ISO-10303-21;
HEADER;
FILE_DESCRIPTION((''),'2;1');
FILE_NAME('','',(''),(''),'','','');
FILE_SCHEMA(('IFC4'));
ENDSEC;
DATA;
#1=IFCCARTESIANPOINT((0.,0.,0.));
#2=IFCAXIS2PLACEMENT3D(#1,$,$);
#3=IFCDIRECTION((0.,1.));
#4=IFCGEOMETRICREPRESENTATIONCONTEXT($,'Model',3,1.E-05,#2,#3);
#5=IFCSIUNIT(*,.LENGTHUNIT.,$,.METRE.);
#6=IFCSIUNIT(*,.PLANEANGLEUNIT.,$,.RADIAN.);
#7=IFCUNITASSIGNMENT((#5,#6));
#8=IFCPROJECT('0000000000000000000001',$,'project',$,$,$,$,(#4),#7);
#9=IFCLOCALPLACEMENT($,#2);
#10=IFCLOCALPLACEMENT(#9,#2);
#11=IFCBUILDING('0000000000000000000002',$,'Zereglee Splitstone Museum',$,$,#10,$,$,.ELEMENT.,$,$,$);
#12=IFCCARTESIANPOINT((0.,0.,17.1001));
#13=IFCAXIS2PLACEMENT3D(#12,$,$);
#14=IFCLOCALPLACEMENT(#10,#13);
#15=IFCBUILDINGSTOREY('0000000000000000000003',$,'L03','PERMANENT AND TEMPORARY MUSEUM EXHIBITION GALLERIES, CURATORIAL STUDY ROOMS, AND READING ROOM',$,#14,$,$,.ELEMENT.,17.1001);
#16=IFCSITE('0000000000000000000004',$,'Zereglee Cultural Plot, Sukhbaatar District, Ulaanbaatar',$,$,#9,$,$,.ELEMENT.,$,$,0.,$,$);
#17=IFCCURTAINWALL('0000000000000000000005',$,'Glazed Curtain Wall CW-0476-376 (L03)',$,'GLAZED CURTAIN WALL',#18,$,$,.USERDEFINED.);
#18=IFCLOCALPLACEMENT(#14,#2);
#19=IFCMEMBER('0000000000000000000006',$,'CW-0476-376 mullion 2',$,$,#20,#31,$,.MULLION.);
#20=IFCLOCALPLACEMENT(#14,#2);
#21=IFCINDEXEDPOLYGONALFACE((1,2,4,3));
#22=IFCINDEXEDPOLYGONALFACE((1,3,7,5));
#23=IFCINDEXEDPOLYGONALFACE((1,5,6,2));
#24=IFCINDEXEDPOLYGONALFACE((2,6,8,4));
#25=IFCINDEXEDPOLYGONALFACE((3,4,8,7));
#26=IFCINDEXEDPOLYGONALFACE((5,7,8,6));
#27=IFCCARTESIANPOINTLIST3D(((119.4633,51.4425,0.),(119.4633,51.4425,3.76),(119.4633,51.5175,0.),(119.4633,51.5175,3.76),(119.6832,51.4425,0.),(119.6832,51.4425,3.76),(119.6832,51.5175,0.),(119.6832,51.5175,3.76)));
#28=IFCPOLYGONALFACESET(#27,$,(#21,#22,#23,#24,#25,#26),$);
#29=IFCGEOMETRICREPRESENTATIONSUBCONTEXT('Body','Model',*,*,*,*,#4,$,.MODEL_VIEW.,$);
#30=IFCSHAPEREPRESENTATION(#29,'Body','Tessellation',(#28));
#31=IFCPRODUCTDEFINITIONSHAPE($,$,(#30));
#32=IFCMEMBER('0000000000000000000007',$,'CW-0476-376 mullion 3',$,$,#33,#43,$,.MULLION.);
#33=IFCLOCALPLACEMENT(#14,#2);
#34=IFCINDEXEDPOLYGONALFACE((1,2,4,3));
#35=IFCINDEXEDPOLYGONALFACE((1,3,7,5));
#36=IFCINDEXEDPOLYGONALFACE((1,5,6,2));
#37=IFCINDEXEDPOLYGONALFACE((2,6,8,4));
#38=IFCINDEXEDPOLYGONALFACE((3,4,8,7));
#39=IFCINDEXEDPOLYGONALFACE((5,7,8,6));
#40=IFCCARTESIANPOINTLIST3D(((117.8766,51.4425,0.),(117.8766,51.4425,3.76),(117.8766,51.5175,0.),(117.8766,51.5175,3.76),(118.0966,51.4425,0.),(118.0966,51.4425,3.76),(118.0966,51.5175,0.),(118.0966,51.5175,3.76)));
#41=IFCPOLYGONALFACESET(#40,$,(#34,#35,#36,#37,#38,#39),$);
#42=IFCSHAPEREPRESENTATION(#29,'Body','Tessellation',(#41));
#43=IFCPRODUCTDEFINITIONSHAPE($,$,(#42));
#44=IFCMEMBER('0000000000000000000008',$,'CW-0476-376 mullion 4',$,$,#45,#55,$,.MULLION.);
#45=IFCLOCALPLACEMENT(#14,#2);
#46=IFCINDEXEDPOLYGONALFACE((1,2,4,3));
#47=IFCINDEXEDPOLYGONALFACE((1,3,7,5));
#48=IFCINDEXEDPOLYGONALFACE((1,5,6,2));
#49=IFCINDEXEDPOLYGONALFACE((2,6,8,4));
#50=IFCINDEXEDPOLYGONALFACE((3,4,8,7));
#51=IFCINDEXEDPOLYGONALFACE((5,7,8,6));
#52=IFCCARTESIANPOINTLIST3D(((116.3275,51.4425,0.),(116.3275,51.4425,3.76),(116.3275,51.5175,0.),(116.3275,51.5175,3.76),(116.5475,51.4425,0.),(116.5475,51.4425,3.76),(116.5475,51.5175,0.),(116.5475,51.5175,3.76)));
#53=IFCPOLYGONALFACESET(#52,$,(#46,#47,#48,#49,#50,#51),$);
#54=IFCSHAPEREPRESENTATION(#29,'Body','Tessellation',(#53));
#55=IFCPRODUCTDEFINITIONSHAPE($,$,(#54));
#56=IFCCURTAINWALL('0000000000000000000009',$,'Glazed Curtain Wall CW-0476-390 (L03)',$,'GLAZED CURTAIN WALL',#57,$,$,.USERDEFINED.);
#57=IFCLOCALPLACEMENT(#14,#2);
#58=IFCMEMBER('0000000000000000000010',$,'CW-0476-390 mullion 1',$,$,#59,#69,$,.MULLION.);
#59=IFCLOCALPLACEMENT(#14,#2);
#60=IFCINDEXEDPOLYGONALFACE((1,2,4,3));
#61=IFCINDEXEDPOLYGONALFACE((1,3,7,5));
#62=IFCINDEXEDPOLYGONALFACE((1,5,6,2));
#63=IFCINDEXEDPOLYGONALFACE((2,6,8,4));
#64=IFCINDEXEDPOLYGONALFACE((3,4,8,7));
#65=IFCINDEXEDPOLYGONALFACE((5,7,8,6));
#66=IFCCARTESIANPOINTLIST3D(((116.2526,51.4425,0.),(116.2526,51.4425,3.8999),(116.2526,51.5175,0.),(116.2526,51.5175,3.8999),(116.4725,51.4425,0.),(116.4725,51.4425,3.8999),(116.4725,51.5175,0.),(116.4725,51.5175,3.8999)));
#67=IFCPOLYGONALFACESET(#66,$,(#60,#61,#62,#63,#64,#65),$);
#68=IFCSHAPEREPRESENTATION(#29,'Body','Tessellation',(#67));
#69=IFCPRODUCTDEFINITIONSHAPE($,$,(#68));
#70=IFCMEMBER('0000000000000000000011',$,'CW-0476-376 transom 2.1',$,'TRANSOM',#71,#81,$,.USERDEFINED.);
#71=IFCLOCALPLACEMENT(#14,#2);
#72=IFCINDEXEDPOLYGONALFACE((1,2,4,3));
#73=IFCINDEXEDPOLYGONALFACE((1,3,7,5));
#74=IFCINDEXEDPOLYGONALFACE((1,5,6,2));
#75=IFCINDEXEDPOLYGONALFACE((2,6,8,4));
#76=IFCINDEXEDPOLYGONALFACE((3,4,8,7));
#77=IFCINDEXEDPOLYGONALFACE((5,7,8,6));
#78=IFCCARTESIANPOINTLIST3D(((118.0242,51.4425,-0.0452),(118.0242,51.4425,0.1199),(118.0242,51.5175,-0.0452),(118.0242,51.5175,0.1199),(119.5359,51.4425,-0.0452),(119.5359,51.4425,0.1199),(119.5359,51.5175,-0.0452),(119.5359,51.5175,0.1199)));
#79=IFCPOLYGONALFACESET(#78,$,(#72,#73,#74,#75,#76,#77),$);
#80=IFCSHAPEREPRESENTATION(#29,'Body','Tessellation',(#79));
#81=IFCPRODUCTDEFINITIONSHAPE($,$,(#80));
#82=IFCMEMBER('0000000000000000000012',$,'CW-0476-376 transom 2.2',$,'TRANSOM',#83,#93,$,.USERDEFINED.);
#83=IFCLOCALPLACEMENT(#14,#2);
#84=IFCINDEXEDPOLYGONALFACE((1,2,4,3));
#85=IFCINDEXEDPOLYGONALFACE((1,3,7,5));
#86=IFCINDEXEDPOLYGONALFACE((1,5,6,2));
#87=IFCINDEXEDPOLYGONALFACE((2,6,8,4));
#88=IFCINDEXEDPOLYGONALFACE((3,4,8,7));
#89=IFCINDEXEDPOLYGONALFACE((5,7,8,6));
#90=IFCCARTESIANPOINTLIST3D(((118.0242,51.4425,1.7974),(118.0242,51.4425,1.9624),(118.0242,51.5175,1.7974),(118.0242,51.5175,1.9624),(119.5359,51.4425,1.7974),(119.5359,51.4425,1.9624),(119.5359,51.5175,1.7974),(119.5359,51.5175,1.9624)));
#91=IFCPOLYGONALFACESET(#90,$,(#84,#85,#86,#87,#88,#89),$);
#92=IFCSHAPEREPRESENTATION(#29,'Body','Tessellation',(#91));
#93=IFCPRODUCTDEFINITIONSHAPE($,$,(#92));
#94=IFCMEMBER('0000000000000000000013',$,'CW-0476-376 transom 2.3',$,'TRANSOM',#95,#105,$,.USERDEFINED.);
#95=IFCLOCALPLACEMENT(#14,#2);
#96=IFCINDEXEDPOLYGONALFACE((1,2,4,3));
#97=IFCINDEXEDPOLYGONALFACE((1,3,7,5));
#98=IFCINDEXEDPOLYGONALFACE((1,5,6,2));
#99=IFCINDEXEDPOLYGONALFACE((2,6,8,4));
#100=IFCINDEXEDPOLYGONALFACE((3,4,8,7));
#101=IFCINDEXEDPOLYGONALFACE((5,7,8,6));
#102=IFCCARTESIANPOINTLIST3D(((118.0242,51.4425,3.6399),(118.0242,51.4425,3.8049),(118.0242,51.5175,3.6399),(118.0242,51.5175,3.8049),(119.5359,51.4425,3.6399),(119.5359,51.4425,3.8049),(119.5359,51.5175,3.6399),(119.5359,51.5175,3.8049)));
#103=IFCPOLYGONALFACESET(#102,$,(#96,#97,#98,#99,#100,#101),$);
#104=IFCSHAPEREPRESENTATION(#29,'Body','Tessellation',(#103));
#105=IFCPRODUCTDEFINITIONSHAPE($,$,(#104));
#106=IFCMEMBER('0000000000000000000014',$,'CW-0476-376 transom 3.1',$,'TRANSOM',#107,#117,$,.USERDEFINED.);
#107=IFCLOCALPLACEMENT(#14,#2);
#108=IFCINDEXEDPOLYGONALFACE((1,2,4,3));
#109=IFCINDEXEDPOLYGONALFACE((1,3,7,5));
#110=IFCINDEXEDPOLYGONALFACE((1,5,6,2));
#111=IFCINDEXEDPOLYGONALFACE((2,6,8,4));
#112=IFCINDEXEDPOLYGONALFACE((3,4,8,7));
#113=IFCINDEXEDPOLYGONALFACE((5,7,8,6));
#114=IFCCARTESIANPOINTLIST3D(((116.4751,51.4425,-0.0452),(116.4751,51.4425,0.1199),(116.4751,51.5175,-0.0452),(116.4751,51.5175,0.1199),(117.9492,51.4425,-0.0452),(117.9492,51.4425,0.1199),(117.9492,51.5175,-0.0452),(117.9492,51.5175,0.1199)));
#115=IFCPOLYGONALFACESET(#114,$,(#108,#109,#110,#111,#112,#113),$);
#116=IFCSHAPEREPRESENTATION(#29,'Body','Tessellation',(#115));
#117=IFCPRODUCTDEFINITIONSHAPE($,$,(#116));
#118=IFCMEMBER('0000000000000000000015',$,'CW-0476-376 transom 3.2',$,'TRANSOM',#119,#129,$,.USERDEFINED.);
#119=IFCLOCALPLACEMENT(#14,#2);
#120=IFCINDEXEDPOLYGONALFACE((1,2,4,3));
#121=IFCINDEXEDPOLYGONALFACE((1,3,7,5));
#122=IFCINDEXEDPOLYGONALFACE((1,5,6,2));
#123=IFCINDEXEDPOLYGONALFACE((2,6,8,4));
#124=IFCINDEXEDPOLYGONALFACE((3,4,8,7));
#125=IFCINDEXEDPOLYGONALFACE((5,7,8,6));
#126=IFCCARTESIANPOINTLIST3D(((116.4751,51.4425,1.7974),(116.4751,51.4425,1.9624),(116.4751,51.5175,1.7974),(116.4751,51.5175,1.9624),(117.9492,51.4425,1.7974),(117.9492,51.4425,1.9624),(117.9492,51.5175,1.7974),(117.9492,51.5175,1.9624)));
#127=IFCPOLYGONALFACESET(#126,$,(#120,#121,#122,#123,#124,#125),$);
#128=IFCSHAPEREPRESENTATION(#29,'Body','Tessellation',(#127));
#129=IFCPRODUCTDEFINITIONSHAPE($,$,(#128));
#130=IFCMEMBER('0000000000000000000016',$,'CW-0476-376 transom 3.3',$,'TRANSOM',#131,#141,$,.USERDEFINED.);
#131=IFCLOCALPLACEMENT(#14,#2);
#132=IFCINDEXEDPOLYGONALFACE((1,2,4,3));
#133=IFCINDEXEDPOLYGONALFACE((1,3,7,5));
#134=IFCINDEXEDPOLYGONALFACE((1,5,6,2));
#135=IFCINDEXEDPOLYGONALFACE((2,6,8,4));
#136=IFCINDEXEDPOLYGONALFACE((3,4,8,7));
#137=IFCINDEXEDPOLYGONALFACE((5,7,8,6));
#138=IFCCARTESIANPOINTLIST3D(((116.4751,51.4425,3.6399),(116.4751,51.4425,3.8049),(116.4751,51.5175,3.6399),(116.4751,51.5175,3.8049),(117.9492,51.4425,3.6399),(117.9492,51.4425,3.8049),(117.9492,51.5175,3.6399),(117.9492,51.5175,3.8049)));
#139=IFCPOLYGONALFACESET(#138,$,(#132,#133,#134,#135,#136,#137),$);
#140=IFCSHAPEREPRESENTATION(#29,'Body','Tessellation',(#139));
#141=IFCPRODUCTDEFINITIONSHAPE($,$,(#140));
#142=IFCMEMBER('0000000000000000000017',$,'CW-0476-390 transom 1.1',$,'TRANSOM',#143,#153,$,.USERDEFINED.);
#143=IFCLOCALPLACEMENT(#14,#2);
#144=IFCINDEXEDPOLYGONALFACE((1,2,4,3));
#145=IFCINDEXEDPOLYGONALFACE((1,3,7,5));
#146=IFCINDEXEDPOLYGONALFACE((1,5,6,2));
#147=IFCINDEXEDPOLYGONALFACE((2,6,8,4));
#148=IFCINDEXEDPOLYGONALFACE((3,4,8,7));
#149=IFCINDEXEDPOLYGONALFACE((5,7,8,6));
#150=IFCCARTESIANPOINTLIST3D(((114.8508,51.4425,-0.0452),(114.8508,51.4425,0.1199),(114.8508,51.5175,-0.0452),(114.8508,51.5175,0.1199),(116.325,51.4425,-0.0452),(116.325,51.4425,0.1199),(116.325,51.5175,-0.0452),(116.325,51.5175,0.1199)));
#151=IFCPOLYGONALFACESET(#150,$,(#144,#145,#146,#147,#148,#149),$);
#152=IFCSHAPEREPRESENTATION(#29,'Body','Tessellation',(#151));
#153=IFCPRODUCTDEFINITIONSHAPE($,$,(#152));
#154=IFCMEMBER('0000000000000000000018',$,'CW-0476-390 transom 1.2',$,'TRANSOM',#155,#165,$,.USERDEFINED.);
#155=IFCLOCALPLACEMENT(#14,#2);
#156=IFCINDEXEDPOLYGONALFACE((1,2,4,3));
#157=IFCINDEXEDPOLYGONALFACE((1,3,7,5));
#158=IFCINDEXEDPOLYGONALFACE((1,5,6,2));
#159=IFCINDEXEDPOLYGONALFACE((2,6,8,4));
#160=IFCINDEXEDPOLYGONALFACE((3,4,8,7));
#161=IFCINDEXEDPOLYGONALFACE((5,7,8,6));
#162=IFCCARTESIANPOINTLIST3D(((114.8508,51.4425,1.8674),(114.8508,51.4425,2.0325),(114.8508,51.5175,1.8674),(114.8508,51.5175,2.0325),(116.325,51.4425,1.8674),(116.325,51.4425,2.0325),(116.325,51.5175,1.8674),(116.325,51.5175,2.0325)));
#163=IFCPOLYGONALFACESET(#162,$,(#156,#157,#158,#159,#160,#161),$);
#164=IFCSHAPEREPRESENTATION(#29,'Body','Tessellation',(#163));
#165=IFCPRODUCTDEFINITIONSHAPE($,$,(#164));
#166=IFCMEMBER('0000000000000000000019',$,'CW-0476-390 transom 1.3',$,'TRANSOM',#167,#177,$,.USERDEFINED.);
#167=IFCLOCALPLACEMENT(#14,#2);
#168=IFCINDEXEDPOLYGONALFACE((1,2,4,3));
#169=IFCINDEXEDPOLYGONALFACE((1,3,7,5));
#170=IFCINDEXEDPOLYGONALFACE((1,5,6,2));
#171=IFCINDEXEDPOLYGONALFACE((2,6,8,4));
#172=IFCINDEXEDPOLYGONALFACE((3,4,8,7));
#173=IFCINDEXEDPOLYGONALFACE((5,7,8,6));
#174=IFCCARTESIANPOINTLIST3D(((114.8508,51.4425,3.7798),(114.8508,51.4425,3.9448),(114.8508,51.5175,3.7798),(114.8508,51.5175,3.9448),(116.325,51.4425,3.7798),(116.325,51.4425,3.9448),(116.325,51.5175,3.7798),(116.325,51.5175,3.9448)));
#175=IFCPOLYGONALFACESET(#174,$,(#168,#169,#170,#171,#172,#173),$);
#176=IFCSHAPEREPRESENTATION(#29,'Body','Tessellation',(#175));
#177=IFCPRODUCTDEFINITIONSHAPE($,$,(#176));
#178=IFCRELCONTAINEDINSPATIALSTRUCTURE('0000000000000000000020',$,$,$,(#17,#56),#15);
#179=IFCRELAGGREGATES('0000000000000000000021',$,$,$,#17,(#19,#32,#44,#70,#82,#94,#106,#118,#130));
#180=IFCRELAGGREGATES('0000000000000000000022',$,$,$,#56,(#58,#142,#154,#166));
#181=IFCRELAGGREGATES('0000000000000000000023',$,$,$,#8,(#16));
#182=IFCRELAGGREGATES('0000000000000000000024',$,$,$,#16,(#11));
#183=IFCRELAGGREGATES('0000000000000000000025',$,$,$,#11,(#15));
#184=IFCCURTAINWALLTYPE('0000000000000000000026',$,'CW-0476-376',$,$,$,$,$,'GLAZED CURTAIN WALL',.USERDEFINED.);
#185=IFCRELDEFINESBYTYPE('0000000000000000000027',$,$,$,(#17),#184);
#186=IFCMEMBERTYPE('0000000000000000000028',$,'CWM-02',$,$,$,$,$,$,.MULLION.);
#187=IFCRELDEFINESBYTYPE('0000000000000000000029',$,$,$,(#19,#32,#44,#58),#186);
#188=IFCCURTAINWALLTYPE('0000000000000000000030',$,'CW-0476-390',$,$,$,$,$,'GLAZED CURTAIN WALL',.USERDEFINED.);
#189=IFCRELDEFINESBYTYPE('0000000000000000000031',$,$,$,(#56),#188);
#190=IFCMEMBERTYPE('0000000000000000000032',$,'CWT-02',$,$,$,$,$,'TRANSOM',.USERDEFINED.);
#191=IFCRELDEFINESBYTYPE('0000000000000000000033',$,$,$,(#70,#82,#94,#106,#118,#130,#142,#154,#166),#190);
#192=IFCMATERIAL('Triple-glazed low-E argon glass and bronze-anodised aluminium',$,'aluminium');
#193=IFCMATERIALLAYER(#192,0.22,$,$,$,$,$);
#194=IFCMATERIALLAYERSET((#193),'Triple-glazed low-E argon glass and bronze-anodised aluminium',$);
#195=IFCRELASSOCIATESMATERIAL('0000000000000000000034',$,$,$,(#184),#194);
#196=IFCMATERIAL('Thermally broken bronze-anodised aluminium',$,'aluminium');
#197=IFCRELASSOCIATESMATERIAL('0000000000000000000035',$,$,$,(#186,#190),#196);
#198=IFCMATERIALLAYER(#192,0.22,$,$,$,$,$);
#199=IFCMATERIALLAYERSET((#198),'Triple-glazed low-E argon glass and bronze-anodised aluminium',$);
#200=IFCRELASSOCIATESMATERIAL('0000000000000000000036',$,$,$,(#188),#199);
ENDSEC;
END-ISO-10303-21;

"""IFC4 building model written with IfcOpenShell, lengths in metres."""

from ifc_helpers import new_model, si_unit, direction, frame, origin, origin_2d, place, context, subcontext, project, spatial, rectangle, extrude, material, layer, layer_set, material_profile, profile_set, type_object, element, aggregate, save


model = new_model("IFC4")

# Units and contexts
model_context = context("Model", 3, precision=1e-05, world=origin(), true_north=direction((0.0, 1.0)))
body_context = subcontext(model_context, "Body", "Model", "MODEL_VIEW")
ifc_project = project(units=[si_unit("LENGTHUNIT", "METRE"), si_unit("PLANEANGLEUNIT", "RADIAN")], contexts=[model_context])

# Site, building, storey
site_placement = place(None, origin())
site = spatial("IfcSite", under=ifc_project, at=site_placement, Name="Zereglee Cultural Plot, Sukhbaatar District, Ulaanbaatar", CompositionType="ELEMENT", RefElevation=0.0)
building_placement = place(site_placement, origin())
building = spatial("IfcBuilding", under=site, at=building_placement, Name="Zereglee Splitstone Museum", CompositionType="ELEMENT")
storey_placement = place(building_placement, frame((0.0, 0.0, 17.1001)))
storey = spatial("IfcBuildingStorey", under=building, at=storey_placement, Name="L03", Description="PERMANENT AND TEMPORARY MUSEUM EXHIBITION GALLERIES, CURATORIAL STUDY ROOMS, AND READING ROOM", CompositionType="ELEMENT", Elevation=17.1001)

# Curtain wall, members
ifc_material_1 = material(Name="Triple-glazed low-E argon glass and bronze-anodised aluminium", Category="aluminium")
ifc_layer_1 = layer(ifc_material_1, 0.22)
ifc_layer_set_1 = layer_set([ifc_layer_1], Name="Triple-glazed low-E argon glass and bronze-anodised aluminium")
curtain_wall_type_1 = type_object("IfcCurtainWallType", Name="CW-0476-376", ElementType="GLAZED CURTAIN WALL", PredefinedType="USERDEFINED", material=ifc_layer_set_1)
curtain_wall_1_placement = place(storey_placement, origin())
curtain_wall_1 = element("IfcCurtainWall", 1, at=curtain_wall_1_placement, inside=storey, type_object=curtain_wall_type_1, Name="Glazed Curtain Wall CW-0476-376 (L03)", ObjectType="GLAZED CURTAIN WALL", PredefinedType="USERDEFINED")
ifc_material_2 = material(Name="Thermally broken bronze-anodised aluminium", Category="aluminium")
ifc_material_profile_1 = material_profile(ifc_material_2, rectangle(XDim=0.075, YDim=0.22, at=origin_2d()), Name="CW MULL 75x220")
ifc_profile_set_1 = profile_set([ifc_material_profile_1], Name="Thermally broken bronze-anodised aluminium")
member_type_1 = type_object("IfcMemberType", Name="CWM-02", PredefinedType="MULLION", material=ifc_profile_set_1)
member_1_placement = place(storey_placement, frame((119.5732, 51.48, 0.0), z_axis=(0.0, 0.0, 1.0), x_axis=(0.0, -1.0, 0.0)))
member_1 = element("IfcMember", 2, at=member_1_placement, type_object=member_type_1, Name="CW-0476-376 mullion 2", PredefinedType="MULLION", context=body_context, shape_type="SweptSolid", body=[
    extrude(rectangle(XDim=0.075, YDim=0.22, at=origin_2d()), origin(), (0.0, 0.0, 1.0), 3.76),
])
member_2_placement = place(storey_placement, frame((117.9866, 51.48, 0.0), z_axis=(0.0, 0.0, 1.0), x_axis=(0.0, -1.0, 0.0)))
member_2 = element("IfcMember", 3, at=member_2_placement, type_object=member_type_1, Name="CW-0476-376 mullion 3", PredefinedType="MULLION", context=body_context, shape_type="SweptSolid", body=[
    extrude(rectangle(XDim=0.075, YDim=0.22, at=origin_2d()), origin(), (0.0, 0.0, 1.0), 3.76),
])
member_3_placement = place(storey_placement, frame((116.4375, 51.48, 0.0), z_axis=(0.0, 0.0, 1.0), x_axis=(0.0, -1.0, 0.0)))
member_3 = element("IfcMember", 4, at=member_3_placement, type_object=member_type_1, Name="CW-0476-376 mullion 4", PredefinedType="MULLION", context=body_context, shape_type="SweptSolid", body=[
    extrude(rectangle(XDim=0.075, YDim=0.22, at=origin_2d()), origin(), (0.0, 0.0, 1.0), 3.76),
])

# Curtain wall, member
ifc_layer_2 = layer(ifc_material_1, 0.22)
ifc_layer_set_2 = layer_set([ifc_layer_2], Name="Triple-glazed low-E argon glass and bronze-anodised aluminium")
curtain_wall_type_2 = type_object("IfcCurtainWallType", Name="CW-0476-390", ElementType="GLAZED CURTAIN WALL", PredefinedType="USERDEFINED", material=ifc_layer_set_2)
curtain_wall_2_placement = place(storey_placement, origin())
curtain_wall_2 = element("IfcCurtainWall", 5, at=curtain_wall_2_placement, inside=storey, type_object=curtain_wall_type_2, Name="Glazed Curtain Wall CW-0476-390 (L03)", ObjectType="GLAZED CURTAIN WALL", PredefinedType="USERDEFINED")
member_4_placement = place(storey_placement, frame((116.3625, 51.48, 0.0), z_axis=(0.0, 0.0, 1.0), x_axis=(0.0, -1.0, 0.0)))
member_4 = element("IfcMember", 6, at=member_4_placement, type_object=member_type_1, Name="CW-0476-390 mullion 1", PredefinedType="MULLION", context=body_context, shape_type="SweptSolid", body=[
    extrude(rectangle(XDim=0.075, YDim=0.22, at=origin_2d()), origin(), (0.0, 0.0, 1.0), 3.8999),
])

# Members
ifc_material_profile_2 = material_profile(ifc_material_2, rectangle(XDim=0.075, YDim=0.165, at=origin_2d()), Name="CW TRAN 75x165")
ifc_profile_set_2 = profile_set([ifc_material_profile_2], Name="Thermally broken bronze-anodised aluminium")
member_type_2 = type_object("IfcMemberType", Name="CWT-02", ElementType="TRANSOM", PredefinedType="USERDEFINED", material=ifc_profile_set_2)
member_5_placement = place(storey_placement, frame((119.5359, 51.48, 0.0374), z_axis=(-1.0, 0.0, 0.0), x_axis=(0.0, -1.0, 0.0)))
member_5 = element("IfcMember", 7, at=member_5_placement, type_object=member_type_2, Name="CW-0476-376 transom 2.1", ObjectType="TRANSOM", PredefinedType="USERDEFINED", context=body_context, shape_type="SweptSolid", body=[
    extrude(rectangle(XDim=0.075, YDim=0.165, at=origin_2d()), origin(), (0.0, 0.0, 1.0), 1.5117),
])
member_6_placement = place(storey_placement, frame((119.5359, 51.48, 1.8799), z_axis=(-1.0, 0.0, 0.0), x_axis=(0.0, -1.0, 0.0)))
member_6 = element("IfcMember", 8, at=member_6_placement, type_object=member_type_2, Name="CW-0476-376 transom 2.2", ObjectType="TRANSOM", PredefinedType="USERDEFINED", context=body_context, shape_type="SweptSolid", body=[
    extrude(rectangle(XDim=0.075, YDim=0.165, at=origin_2d()), origin(), (0.0, 0.0, 1.0), 1.5117),
])
member_7_placement = place(storey_placement, frame((119.5359, 51.48, 3.7224), z_axis=(-1.0, 0.0, 0.0), x_axis=(0.0, -1.0, 0.0)))
member_7 = element("IfcMember", 9, at=member_7_placement, type_object=member_type_2, Name="CW-0476-376 transom 2.3", ObjectType="TRANSOM", PredefinedType="USERDEFINED", context=body_context, shape_type="SweptSolid", body=[
    extrude(rectangle(XDim=0.075, YDim=0.165, at=origin_2d()), origin(), (0.0, 0.0, 1.0), 1.5117),
])
member_8_placement = place(storey_placement, frame((117.9492, 51.48, 0.0374), z_axis=(-1.0, 0.0, 0.0), x_axis=(0.0, -1.0, 0.0)))
member_8 = element("IfcMember", 10, at=member_8_placement, type_object=member_type_2, Name="CW-0476-376 transom 3.1", ObjectType="TRANSOM", PredefinedType="USERDEFINED", context=body_context, shape_type="SweptSolid", body=[
    extrude(rectangle(XDim=0.075, YDim=0.165, at=origin_2d()), origin(), (0.0, 0.0, 1.0), 1.4741),
])
member_9_placement = place(storey_placement, frame((117.9492, 51.48, 1.8799), z_axis=(-1.0, 0.0, 0.0), x_axis=(0.0, -1.0, 0.0)))
member_9 = element("IfcMember", 11, at=member_9_placement, type_object=member_type_2, Name="CW-0476-376 transom 3.2", ObjectType="TRANSOM", PredefinedType="USERDEFINED", context=body_context, shape_type="SweptSolid", body=[
    extrude(rectangle(XDim=0.075, YDim=0.165, at=origin_2d()), origin(), (0.0, 0.0, 1.0), 1.4741),
])
member_10_placement = place(storey_placement, frame((117.9492, 51.48, 3.7224), z_axis=(-1.0, 0.0, 0.0), x_axis=(0.0, -1.0, 0.0)))
member_10 = element("IfcMember", 12, at=member_10_placement, type_object=member_type_2, Name="CW-0476-376 transom 3.3", ObjectType="TRANSOM", PredefinedType="USERDEFINED", context=body_context, shape_type="SweptSolid", body=[
    extrude(rectangle(XDim=0.075, YDim=0.165, at=origin_2d()), origin(), (0.0, 0.0, 1.0), 1.4741),
])
member_11_placement = place(storey_placement, frame((116.325, 51.48, 0.0374), z_axis=(-1.0, 0.0, 0.0), x_axis=(0.0, -1.0, 0.0)))
member_11 = element("IfcMember", 13, at=member_11_placement, type_object=member_type_2, Name="CW-0476-390 transom 1.1", ObjectType="TRANSOM", PredefinedType="USERDEFINED", context=body_context, shape_type="SweptSolid", body=[
    extrude(rectangle(XDim=0.075, YDim=0.165, at=origin_2d()), origin(), (0.0, 0.0, 1.0), 1.4741),
])
member_12_placement = place(storey_placement, frame((116.325, 51.48, 1.95), z_axis=(-1.0, 0.0, 0.0), x_axis=(0.0, -1.0, 0.0)))
member_12 = element("IfcMember", 14, at=member_12_placement, type_object=member_type_2, Name="CW-0476-390 transom 1.2", ObjectType="TRANSOM", PredefinedType="USERDEFINED", context=body_context, shape_type="SweptSolid", body=[
    extrude(rectangle(XDim=0.075, YDim=0.165, at=origin_2d()), origin(), (0.0, 0.0, 1.0), 1.4741),
])
member_13_placement = place(storey_placement, frame((116.325, 51.48, 3.8623), z_axis=(-1.0, 0.0, 0.0), x_axis=(0.0, -1.0, 0.0)))
member_13 = element("IfcMember", 15, at=member_13_placement, type_object=member_type_2, Name="CW-0476-390 transom 1.3", ObjectType="TRANSOM", PredefinedType="USERDEFINED", context=body_context, shape_type="SweptSolid", body=[
    extrude(rectangle(XDim=0.075, YDim=0.165, at=origin_2d()), origin(), (0.0, 0.0, 1.0), 1.4741),
])

aggregate(curtain_wall_1, [member_1, member_2, member_3, member_5, member_6, member_7, member_8, member_9, member_10])
aggregate(curtain_wall_2, [member_4, member_11, member_12, member_13])

save(model, "model.ifc")
